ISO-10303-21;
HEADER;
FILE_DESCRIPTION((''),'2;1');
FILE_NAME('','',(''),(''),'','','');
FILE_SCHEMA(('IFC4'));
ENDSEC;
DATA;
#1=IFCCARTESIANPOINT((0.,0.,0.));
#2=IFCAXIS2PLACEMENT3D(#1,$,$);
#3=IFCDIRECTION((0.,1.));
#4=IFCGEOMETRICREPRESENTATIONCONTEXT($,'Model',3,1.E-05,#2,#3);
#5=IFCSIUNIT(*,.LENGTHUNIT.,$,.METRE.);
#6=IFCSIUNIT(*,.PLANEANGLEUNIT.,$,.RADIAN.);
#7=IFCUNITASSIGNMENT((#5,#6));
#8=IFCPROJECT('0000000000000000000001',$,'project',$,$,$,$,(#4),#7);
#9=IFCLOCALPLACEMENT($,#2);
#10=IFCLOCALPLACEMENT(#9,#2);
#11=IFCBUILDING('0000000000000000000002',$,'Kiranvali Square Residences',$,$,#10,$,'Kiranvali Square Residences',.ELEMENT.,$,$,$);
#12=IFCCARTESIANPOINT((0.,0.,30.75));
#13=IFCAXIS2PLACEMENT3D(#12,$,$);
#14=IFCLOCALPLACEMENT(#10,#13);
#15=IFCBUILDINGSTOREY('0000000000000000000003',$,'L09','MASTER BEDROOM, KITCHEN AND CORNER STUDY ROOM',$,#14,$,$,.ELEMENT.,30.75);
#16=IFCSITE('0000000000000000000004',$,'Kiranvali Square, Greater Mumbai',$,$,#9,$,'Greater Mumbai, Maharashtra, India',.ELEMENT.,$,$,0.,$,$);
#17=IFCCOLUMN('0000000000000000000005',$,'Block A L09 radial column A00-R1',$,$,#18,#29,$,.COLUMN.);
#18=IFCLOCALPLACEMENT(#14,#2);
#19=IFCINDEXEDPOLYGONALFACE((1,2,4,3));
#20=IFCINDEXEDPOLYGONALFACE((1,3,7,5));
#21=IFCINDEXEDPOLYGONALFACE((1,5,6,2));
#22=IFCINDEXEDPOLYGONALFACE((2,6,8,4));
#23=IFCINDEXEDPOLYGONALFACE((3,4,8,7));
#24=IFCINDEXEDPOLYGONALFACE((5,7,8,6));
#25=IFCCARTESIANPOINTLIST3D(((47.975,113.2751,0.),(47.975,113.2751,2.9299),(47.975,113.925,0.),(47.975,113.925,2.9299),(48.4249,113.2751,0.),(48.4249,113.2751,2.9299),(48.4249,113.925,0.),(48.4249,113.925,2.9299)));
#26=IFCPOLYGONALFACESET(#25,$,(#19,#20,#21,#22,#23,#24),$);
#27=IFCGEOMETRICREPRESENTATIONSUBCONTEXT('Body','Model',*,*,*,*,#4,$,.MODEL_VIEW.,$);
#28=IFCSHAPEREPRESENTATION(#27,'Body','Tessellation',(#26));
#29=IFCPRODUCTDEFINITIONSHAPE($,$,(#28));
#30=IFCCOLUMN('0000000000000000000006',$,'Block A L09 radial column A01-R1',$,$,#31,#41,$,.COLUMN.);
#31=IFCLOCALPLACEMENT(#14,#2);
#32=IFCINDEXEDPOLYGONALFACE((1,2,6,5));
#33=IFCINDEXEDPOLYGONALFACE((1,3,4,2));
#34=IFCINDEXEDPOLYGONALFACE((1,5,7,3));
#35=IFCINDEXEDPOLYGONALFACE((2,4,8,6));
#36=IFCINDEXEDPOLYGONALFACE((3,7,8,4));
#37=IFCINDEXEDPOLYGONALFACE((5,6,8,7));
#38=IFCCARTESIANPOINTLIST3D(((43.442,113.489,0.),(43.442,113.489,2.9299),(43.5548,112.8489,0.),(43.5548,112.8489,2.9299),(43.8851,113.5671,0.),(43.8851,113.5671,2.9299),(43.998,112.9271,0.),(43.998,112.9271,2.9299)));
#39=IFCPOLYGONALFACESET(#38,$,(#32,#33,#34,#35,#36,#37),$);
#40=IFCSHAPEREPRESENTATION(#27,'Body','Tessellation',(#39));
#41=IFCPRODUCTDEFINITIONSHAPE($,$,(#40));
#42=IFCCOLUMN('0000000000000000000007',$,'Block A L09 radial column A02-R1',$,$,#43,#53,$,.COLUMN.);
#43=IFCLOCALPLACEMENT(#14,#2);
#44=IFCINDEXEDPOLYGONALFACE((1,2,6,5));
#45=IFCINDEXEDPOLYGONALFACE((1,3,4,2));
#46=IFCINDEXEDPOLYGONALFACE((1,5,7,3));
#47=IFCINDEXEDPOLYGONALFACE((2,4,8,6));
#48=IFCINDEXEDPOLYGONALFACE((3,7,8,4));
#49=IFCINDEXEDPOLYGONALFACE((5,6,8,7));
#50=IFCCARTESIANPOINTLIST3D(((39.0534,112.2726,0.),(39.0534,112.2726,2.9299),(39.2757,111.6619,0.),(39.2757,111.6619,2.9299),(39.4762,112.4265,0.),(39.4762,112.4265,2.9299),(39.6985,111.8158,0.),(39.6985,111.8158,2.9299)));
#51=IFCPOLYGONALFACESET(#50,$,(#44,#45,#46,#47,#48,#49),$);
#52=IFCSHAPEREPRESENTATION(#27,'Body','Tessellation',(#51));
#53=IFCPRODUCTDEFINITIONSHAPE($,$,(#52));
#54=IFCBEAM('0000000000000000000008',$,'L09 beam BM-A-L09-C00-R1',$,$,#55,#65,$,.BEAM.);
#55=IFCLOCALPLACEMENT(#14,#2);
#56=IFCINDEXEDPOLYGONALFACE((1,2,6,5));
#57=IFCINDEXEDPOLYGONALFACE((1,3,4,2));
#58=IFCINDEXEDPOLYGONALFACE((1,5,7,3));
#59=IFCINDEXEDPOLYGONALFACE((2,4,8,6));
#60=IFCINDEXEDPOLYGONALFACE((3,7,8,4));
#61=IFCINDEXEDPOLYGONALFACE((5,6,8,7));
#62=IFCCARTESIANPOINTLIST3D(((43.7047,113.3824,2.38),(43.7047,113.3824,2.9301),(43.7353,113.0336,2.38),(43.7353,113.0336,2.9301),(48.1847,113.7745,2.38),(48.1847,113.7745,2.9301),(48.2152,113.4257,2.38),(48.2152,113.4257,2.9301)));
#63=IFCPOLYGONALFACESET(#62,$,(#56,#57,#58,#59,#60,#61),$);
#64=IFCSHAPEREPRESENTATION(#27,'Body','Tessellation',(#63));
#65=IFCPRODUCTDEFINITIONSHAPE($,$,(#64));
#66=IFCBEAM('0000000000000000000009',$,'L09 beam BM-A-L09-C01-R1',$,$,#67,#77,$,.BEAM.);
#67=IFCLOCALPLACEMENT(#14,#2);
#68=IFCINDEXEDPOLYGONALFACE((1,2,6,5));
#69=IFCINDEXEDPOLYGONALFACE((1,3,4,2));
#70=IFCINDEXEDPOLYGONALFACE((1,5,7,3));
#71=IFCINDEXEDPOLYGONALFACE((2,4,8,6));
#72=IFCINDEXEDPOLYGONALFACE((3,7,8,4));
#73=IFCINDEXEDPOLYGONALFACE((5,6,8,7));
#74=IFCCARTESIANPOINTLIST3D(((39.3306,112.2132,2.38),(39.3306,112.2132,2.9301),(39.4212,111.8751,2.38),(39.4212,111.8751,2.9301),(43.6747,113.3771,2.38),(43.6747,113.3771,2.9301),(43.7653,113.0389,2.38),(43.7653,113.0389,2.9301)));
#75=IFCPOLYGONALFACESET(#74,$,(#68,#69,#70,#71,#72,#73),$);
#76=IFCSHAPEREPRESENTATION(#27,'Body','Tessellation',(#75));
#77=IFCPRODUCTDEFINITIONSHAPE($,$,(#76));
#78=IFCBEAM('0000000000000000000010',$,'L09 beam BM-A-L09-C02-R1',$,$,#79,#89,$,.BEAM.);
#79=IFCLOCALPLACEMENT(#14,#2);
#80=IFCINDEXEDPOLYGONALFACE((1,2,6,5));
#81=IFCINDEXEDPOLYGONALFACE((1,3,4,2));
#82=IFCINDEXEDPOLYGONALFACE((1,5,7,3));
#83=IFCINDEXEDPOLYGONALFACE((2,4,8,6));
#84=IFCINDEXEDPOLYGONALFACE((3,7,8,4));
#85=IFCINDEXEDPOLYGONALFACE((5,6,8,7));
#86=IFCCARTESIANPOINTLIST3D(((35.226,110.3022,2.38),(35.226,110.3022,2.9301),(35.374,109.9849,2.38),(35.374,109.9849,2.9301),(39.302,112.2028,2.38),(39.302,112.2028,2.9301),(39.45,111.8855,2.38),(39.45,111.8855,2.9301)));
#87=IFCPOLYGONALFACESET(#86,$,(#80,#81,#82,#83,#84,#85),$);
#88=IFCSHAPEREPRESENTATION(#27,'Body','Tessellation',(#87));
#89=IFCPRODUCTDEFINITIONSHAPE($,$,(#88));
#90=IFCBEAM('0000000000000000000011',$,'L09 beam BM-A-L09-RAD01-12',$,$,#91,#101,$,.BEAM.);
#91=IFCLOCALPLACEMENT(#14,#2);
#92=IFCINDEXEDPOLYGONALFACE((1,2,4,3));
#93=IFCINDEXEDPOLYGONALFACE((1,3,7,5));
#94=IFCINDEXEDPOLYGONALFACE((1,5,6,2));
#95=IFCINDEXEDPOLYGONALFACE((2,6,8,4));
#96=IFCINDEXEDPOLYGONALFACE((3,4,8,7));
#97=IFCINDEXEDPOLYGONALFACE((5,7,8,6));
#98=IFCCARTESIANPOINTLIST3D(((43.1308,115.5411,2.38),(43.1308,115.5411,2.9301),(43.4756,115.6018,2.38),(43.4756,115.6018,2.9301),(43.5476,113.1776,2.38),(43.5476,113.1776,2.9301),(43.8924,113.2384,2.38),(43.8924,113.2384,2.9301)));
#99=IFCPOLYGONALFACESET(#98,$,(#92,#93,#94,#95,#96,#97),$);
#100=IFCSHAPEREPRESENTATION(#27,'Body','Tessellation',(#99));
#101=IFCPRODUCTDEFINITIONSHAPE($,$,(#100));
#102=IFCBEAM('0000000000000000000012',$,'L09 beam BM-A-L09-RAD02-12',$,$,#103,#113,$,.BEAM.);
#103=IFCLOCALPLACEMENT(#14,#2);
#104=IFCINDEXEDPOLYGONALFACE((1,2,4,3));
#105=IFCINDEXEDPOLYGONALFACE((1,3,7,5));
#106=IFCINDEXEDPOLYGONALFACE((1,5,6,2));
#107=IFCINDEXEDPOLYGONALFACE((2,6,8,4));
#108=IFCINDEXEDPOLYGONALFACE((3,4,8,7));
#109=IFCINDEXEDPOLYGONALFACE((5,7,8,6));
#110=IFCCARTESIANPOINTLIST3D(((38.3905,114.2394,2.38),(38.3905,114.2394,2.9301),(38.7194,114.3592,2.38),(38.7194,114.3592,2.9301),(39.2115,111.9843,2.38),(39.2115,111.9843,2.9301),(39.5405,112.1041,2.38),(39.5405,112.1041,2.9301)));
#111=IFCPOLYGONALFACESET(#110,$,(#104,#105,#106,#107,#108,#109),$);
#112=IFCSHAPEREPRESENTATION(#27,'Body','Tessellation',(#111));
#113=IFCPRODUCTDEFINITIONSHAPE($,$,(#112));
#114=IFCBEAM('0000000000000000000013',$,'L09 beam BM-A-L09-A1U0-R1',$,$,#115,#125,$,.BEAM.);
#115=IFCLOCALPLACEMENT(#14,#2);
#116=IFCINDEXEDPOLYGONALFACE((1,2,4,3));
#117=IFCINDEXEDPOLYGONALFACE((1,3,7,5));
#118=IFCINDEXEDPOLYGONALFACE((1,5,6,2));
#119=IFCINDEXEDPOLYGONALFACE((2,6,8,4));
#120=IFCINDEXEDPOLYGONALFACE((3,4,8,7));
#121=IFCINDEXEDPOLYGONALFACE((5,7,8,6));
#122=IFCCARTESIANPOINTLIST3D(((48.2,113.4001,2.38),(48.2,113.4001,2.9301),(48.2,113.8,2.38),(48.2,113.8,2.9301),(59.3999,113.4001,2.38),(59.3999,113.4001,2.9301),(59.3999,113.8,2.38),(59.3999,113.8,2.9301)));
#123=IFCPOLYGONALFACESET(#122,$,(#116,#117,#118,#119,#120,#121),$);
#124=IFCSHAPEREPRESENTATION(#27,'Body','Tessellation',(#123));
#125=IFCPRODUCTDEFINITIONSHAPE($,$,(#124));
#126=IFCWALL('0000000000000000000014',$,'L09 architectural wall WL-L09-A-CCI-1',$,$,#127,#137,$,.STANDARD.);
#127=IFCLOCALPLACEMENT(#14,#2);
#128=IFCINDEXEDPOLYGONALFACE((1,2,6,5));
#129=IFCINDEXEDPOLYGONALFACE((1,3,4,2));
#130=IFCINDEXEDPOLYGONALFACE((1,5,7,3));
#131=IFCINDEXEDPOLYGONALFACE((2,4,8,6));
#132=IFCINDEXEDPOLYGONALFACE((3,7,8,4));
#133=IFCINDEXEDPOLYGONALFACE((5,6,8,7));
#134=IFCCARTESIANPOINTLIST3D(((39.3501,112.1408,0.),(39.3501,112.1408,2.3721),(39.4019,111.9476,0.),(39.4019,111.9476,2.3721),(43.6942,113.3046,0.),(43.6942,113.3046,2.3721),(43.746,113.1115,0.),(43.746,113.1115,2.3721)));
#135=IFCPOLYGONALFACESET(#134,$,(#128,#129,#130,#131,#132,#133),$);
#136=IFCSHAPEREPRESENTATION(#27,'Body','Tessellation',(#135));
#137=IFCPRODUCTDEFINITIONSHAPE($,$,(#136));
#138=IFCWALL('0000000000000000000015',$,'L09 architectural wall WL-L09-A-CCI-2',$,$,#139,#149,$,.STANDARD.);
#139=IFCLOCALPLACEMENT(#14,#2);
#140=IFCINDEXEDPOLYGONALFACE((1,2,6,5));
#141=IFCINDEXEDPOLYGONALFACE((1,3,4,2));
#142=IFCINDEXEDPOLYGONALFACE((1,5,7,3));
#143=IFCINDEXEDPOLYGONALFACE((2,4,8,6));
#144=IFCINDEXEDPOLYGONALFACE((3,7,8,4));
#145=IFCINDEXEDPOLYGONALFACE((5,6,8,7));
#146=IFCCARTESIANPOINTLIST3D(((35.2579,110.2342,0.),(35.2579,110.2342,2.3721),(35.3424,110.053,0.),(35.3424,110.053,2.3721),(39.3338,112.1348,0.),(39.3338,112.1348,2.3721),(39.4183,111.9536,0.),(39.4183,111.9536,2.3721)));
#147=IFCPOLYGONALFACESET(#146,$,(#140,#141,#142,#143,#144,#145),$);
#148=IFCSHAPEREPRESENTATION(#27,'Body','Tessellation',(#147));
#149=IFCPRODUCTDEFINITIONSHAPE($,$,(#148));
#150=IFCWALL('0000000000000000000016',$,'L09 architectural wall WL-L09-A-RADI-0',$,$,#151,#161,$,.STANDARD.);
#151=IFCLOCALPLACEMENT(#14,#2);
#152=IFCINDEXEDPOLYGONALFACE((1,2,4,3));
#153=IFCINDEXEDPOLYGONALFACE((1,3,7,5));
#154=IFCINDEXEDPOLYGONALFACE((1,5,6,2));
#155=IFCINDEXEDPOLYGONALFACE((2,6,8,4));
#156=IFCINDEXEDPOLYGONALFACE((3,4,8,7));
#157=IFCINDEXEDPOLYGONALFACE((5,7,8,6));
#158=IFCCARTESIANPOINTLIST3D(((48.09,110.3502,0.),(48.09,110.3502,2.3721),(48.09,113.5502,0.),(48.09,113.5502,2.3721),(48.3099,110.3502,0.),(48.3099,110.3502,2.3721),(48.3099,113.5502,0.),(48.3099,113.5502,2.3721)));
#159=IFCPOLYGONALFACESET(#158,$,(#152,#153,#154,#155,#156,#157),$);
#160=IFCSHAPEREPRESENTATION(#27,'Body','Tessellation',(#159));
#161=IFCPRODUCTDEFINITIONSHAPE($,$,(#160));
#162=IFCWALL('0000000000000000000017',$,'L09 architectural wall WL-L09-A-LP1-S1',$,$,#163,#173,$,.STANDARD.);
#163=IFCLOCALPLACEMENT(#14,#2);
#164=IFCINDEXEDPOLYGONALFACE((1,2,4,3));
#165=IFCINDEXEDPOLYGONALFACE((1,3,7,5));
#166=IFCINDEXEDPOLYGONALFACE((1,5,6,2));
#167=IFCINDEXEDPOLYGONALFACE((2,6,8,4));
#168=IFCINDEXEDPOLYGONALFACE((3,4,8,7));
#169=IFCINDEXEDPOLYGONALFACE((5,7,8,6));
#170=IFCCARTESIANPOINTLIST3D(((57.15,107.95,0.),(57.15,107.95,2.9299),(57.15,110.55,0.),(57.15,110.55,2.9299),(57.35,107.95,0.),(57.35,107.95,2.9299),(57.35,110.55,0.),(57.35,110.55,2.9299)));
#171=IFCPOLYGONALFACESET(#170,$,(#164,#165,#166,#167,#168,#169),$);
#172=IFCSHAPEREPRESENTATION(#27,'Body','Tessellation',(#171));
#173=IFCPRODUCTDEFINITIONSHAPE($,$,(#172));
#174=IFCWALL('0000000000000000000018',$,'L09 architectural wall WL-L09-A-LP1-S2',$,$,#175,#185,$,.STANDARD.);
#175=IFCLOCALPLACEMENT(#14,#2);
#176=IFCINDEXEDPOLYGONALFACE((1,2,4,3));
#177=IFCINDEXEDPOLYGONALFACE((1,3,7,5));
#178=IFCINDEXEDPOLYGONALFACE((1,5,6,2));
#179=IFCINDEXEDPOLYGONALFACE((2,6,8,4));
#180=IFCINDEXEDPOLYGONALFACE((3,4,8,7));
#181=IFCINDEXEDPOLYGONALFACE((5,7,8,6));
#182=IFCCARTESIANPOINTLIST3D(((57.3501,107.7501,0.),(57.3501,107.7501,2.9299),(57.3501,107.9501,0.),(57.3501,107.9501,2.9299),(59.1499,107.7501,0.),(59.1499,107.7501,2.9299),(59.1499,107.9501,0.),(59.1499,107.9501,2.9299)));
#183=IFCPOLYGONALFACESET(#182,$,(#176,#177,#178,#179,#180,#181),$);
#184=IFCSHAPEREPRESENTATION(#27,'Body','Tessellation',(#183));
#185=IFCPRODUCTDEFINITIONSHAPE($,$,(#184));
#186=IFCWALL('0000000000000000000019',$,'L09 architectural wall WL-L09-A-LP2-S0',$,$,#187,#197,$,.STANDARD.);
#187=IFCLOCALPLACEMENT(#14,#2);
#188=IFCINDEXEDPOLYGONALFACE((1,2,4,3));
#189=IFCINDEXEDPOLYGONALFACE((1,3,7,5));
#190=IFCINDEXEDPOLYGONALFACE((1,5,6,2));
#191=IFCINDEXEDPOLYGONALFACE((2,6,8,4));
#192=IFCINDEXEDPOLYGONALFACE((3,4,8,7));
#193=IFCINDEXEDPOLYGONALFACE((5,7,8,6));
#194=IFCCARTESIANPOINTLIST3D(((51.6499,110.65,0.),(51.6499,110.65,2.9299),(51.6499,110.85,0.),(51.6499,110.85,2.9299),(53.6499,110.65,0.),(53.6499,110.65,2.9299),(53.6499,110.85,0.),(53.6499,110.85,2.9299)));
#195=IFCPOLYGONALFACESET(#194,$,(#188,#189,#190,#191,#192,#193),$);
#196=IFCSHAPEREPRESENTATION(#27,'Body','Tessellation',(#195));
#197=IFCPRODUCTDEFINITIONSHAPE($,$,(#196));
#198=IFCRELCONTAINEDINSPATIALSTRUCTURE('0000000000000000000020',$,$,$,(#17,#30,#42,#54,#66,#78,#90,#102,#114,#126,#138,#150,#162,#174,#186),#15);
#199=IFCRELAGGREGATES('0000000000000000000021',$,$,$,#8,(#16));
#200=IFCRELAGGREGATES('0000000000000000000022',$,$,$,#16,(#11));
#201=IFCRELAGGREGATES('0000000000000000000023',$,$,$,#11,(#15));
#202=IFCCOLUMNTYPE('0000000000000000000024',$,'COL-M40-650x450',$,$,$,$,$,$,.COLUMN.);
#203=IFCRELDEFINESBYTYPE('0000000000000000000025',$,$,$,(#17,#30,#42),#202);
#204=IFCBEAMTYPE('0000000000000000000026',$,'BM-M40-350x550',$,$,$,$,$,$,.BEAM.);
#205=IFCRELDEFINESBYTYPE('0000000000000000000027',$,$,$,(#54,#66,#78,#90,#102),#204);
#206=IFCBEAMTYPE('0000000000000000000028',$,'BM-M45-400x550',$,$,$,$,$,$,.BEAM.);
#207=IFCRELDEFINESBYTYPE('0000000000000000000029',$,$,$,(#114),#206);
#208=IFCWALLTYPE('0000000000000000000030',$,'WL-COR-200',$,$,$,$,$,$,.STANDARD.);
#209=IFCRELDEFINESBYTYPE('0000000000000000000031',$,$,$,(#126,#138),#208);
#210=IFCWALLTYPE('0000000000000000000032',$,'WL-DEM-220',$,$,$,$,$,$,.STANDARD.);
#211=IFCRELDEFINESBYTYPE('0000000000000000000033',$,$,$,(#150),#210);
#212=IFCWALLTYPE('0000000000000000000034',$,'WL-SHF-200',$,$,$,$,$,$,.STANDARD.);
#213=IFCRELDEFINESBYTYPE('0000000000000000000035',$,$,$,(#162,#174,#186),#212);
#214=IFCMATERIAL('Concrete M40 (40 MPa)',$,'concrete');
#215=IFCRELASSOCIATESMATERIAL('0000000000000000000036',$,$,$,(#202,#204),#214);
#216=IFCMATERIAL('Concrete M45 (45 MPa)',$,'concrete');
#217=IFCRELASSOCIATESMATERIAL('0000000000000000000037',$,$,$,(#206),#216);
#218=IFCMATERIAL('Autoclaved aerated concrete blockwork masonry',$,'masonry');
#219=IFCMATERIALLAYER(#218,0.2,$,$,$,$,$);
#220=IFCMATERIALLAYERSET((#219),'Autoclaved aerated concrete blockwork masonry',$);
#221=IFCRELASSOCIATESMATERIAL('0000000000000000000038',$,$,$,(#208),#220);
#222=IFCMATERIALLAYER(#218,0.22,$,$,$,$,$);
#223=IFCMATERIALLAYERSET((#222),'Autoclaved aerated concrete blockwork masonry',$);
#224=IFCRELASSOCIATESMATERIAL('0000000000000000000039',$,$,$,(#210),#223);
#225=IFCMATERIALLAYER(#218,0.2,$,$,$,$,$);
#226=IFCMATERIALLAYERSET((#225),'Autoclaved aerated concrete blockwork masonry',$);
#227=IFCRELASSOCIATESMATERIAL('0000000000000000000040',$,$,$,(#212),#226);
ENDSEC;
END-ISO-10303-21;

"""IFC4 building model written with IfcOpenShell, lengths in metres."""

from ifc_helpers import new_model, si_unit, direction, frame, frame_2d, origin, origin_2d, place, context, subcontext, project, spatial, rectangle, extrude, material, layer, layer_set, material_profile, profile_set, type_object, element, save


model = new_model("IFC4")

# Units and contexts
model_context = context("Model", 3, precision=1e-05, world=origin(), true_north=direction((0.0, 1.0)))
body_context = subcontext(model_context, "Body", "Model", "MODEL_VIEW")
ifc_project = project(units=[si_unit("LENGTHUNIT", "METRE"), si_unit("PLANEANGLEUNIT", "RADIAN")], contexts=[model_context])

# Site, building, storey
site_placement = place(None, origin())
site = spatial("IfcSite", under=ifc_project, at=site_placement, Name="Kiranvali Square, Greater Mumbai", LongName="Greater Mumbai, Maharashtra, India", CompositionType="ELEMENT", RefElevation=0.0)
building_placement = place(site_placement, origin())
building = spatial("IfcBuilding", under=site, at=building_placement, Name="Kiranvali Square Residences", LongName="Kiranvali Square Residences", CompositionType="ELEMENT")
storey_placement = place(building_placement, frame((0.0, 0.0, 30.75)))
storey = spatial("IfcBuildingStorey", under=building, at=storey_placement, Name="L09", Description="MASTER BEDROOM, KITCHEN AND CORNER STUDY ROOM", CompositionType="ELEMENT", Elevation=30.75)

# Columns
ifc_material_1 = material(Name="Concrete M40 (40 MPa)", Category="concrete")
ifc_material_profile_1 = material_profile(ifc_material_1, rectangle(XDim=0.45, YDim=0.6499, at=origin_2d()), Name="RC 650x450")
ifc_profile_set_1 = profile_set([ifc_material_profile_1], Name="Concrete M40 (40 MPa)")
column_type = type_object("IfcColumnType", Name="COL-M40-650x450", PredefinedType="COLUMN", material=ifc_profile_set_1)
for number, where, z_axis, x_axis, name in (
    (1, (48.2, 113.6001, 0.0), (0.0, 0.0, 1.0), (1.0, 0.0, 0.0), "Block A L09 radial column A00-R1"),
    (2, (43.72, 113.208, 0.0), (0.0, 0.0, 1.0), (0.984808, 0.173648, 0.0), "Block A L09 radial column A01-R1"),
    (3, (39.376, 112.0442, 0.0), (0.0, 0.0, 1.0), (0.939693, 0.34202, 0.0), "Block A L09 radial column A02-R1"),
):
    element("IfcColumn", number, at=place(storey_placement, frame(where, z_axis=z_axis, x_axis=x_axis)), inside=storey, type_object=column_type, Name=name, PredefinedType="COLUMN", context=body_context, shape_type="SweptSolid", body=[
        extrude(rectangle(XDim=0.45, YDim=0.6499, at=origin_2d()), origin(), (0.0, 0.0, 1.0), 2.9299),
    ])

# Beams
ifc_material_profile_2 = material_profile(ifc_material_1, rectangle(XDim=0.3501, YDim=0.55, at=origin_2d()), Name="RC 350x550")
ifc_profile_set_2 = profile_set([ifc_material_profile_2], Name="Concrete M40 (40 MPa)")
beam_type_1 = type_object("IfcBeamType", Name="BM-M40-350x550", PredefinedType="BEAM", material=ifc_profile_set_2)
beam_1_placement = place(storey_placement, frame((48.2, 113.6001, 2.655), z_axis=(-0.996192, -0.087187, 0.0), x_axis=(0.087187, -0.996192, 0.0)))
element("IfcBeam", 4, at=beam_1_placement, inside=storey, type_object=beam_type_1, Name="L09 beam BM-A-L09-C00-R1", PredefinedType="BEAM", context=body_context, shape_type="SweptSolid", body=[
    extrude(rectangle(XDim=0.3501, YDim=0.55, at=origin_2d()), origin(), (0.0, 0.0, 1.0), 4.4971),
])
for number, where, z_axis, x_axis, name in (
    (5, (43.72, 113.208, 2.655), (-0.965934, -0.258788, 0.0), (0.258788, -0.965934, 0.0), "L09 beam BM-A-L09-C01-R1"),
    (6, (39.376, 112.0442, 2.655), (-0.906308, -0.422618, 0.0), (0.422618, -0.906308, 0.0), "L09 beam BM-A-L09-C02-R1"),
):
    element("IfcBeam", number, at=place(storey_placement, frame(where, z_axis=z_axis, x_axis=x_axis)), inside=storey, type_object=beam_type_1, Name=name, PredefinedType="BEAM", context=body_context, shape_type="SweptSolid", body=[
        extrude(rectangle(XDim=0.3501, YDim=0.55, at=origin_2d()), origin(), (0.0, 0.0, 1.0), 4.4973),
    ])
for number, where, z_axis, x_axis, name in (
    (7, (43.72, 113.208, 2.655), (-0.173646, 0.984808, 0.0), (-0.984808, -0.173646, 0.0), "L09 beam BM-A-L09-RAD01-12"),
    (8, (39.376, 112.0442, 2.655), (-0.342111, 0.93966, 0.0), (-0.93966, -0.342111, 0.0), "L09 beam BM-A-L09-RAD02-12"),
):
    element("IfcBeam", number, at=place(storey_placement, frame(where, z_axis=z_axis, x_axis=x_axis)), inside=storey, type_object=beam_type_1, Name=name, PredefinedType="BEAM", context=body_context, shape_type="SweptSolid", body=[
        extrude(rectangle(XDim=0.3501, YDim=0.55, at=origin_2d()), origin(), (0.0, 0.0, 1.0), 2.3999),
    ])
ifc_material_2 = material(Name="Concrete M45 (45 MPa)", Category="concrete")
ifc_material_profile_3 = material_profile(ifc_material_2, rectangle(XDim=0.3999, YDim=0.55, at=origin_2d()), Name="RC 400x550")
ifc_profile_set_3 = profile_set([ifc_material_profile_3], Name="Concrete M45 (45 MPa)")
beam_type_2 = type_object("IfcBeamType", Name="BM-M45-400x550", PredefinedType="BEAM", material=ifc_profile_set_3)
beam_2_placement = place(storey_placement, frame((48.2, 113.6001, 2.655), z_axis=(1.0, 0.0, 0.0), x_axis=(0.0, 1.0, 0.0)))
element("IfcBeam", 9, at=beam_2_placement, inside=storey, type_object=beam_type_2, Name="L09 beam BM-A-L09-A1U0-R1", PredefinedType="BEAM", context=body_context, shape_type="SweptSolid", body=[
    extrude(rectangle(XDim=0.3999, YDim=0.55, at=origin_2d()), origin(), (0.0, 0.0, 1.0), 11.2),
])

# Shared definitions
ifc_material_3 = material(Name="Autoclaved aerated concrete blockwork masonry", Category="masonry")
ifc_layer_1 = layer(ifc_material_3, 0.2)
ifc_layer_set_1 = layer_set([ifc_layer_1], Name="Autoclaved aerated concrete blockwork masonry")
wall_type_1 = type_object("IfcWallType", Name="WL-COR-200", PredefinedType="STANDARD", material=ifc_layer_set_1)

# Walls
for number, where, z_axis, x_axis, name in (
    (10, (43.72, 113.208, 0.0), (0.0, 0.0, 1.0), (-0.965934, -0.258788, 0.0), "L09 architectural wall WL-L09-A-CCI-1"),
    (11, (39.376, 112.0442, 0.0), (0.0, 0.0, 1.0), (-0.906308, -0.422618, 0.0), "L09 architectural wall WL-L09-A-CCI-2"),
):
    element("IfcWall", number, at=place(storey_placement, frame(where, z_axis=z_axis, x_axis=x_axis)), inside=storey, type_object=wall_type_1, Name=name, PredefinedType="STANDARD", context=body_context, shape_type="SweptSolid", body=[
        extrude(rectangle(XDim=4.4973, YDim=0.2, at=frame_2d((2.2485, 0.0))), origin(), (0.0, 0.0, 1.0), 2.3721),
    ])
ifc_layer_2 = layer(ifc_material_3, 0.22)
ifc_layer_set_2 = layer_set([ifc_layer_2], Name="Autoclaved aerated concrete blockwork masonry")
wall_type_2 = type_object("IfcWallType", Name="WL-DEM-220", PredefinedType="STANDARD", material=ifc_layer_set_2)
wall_1_placement = place(storey_placement, frame((48.2, 110.3501, 0.0), z_axis=(0.0, 0.0, 1.0), x_axis=(0.0, 1.0, 0.0)))
element("IfcWall", 12, at=wall_1_placement, inside=storey, type_object=wall_type_2, Name="L09 architectural wall WL-L09-A-RADI-0", PredefinedType="STANDARD", context=body_context, shape_type="SweptSolid", body=[
    extrude(rectangle(XDim=3.2, YDim=0.22, at=frame_2d((1.6001, 0.0))), origin(), (0.0, 0.0, 1.0), 2.3721),
])
ifc_layer_3 = layer(ifc_material_3, 0.2)
ifc_layer_set_3 = layer_set([ifc_layer_3], Name="Autoclaved aerated concrete blockwork masonry")
wall_type_3 = type_object("IfcWallType", Name="WL-SHF-200", PredefinedType="STANDARD", material=ifc_layer_set_3)
wall_2_placement = place(storey_placement, frame((57.25, 107.95, 0.0), z_axis=(0.0, 0.0, 1.0), x_axis=(0.0, 1.0, 0.0)))
element("IfcWall", 13, at=wall_2_placement, inside=storey, type_object=wall_type_3, Name="L09 architectural wall WL-L09-A-LP1-S1", PredefinedType="STANDARD", context=body_context, shape_type="SweptSolid", body=[
    extrude(rectangle(XDim=2.6001, YDim=0.2, at=frame_2d((1.3, 0.0))), origin(), (0.0, 0.0, 1.0), 2.9299),
])
wall_3_placement = place(storey_placement, frame((57.3501, 107.8501, 0.0), z_axis=(0.0, 0.0, 1.0), x_axis=(1.0, 0.0, 0.0)))
element("IfcWall", 14, at=wall_3_placement, inside=storey, type_object=wall_type_3, Name="L09 architectural wall WL-L09-A-LP1-S2", PredefinedType="STANDARD", context=body_context, shape_type="SweptSolid", body=[
    extrude(rectangle(XDim=1.7998, YDim=0.2, at=frame_2d((0.8999, 0.0))), origin(), (0.0, 0.0, 1.0), 2.9299),
])
wall_4_placement = place(storey_placement, frame((51.6499, 110.75, 0.0), z_axis=(0.0, 0.0, 1.0), x_axis=(1.0, 0.0, 0.0)))
element("IfcWall", 15, at=wall_4_placement, inside=storey, type_object=wall_type_3, Name="L09 architectural wall WL-L09-A-LP2-S0", PredefinedType="STANDARD", context=body_context, shape_type="SweptSolid", body=[
    extrude(rectangle(XDim=2.0, YDim=0.2, at=frame_2d((1.0, 0.0))), origin(), (0.0, 0.0, 1.0), 2.9299),
])

save(model, "model.ifc")
